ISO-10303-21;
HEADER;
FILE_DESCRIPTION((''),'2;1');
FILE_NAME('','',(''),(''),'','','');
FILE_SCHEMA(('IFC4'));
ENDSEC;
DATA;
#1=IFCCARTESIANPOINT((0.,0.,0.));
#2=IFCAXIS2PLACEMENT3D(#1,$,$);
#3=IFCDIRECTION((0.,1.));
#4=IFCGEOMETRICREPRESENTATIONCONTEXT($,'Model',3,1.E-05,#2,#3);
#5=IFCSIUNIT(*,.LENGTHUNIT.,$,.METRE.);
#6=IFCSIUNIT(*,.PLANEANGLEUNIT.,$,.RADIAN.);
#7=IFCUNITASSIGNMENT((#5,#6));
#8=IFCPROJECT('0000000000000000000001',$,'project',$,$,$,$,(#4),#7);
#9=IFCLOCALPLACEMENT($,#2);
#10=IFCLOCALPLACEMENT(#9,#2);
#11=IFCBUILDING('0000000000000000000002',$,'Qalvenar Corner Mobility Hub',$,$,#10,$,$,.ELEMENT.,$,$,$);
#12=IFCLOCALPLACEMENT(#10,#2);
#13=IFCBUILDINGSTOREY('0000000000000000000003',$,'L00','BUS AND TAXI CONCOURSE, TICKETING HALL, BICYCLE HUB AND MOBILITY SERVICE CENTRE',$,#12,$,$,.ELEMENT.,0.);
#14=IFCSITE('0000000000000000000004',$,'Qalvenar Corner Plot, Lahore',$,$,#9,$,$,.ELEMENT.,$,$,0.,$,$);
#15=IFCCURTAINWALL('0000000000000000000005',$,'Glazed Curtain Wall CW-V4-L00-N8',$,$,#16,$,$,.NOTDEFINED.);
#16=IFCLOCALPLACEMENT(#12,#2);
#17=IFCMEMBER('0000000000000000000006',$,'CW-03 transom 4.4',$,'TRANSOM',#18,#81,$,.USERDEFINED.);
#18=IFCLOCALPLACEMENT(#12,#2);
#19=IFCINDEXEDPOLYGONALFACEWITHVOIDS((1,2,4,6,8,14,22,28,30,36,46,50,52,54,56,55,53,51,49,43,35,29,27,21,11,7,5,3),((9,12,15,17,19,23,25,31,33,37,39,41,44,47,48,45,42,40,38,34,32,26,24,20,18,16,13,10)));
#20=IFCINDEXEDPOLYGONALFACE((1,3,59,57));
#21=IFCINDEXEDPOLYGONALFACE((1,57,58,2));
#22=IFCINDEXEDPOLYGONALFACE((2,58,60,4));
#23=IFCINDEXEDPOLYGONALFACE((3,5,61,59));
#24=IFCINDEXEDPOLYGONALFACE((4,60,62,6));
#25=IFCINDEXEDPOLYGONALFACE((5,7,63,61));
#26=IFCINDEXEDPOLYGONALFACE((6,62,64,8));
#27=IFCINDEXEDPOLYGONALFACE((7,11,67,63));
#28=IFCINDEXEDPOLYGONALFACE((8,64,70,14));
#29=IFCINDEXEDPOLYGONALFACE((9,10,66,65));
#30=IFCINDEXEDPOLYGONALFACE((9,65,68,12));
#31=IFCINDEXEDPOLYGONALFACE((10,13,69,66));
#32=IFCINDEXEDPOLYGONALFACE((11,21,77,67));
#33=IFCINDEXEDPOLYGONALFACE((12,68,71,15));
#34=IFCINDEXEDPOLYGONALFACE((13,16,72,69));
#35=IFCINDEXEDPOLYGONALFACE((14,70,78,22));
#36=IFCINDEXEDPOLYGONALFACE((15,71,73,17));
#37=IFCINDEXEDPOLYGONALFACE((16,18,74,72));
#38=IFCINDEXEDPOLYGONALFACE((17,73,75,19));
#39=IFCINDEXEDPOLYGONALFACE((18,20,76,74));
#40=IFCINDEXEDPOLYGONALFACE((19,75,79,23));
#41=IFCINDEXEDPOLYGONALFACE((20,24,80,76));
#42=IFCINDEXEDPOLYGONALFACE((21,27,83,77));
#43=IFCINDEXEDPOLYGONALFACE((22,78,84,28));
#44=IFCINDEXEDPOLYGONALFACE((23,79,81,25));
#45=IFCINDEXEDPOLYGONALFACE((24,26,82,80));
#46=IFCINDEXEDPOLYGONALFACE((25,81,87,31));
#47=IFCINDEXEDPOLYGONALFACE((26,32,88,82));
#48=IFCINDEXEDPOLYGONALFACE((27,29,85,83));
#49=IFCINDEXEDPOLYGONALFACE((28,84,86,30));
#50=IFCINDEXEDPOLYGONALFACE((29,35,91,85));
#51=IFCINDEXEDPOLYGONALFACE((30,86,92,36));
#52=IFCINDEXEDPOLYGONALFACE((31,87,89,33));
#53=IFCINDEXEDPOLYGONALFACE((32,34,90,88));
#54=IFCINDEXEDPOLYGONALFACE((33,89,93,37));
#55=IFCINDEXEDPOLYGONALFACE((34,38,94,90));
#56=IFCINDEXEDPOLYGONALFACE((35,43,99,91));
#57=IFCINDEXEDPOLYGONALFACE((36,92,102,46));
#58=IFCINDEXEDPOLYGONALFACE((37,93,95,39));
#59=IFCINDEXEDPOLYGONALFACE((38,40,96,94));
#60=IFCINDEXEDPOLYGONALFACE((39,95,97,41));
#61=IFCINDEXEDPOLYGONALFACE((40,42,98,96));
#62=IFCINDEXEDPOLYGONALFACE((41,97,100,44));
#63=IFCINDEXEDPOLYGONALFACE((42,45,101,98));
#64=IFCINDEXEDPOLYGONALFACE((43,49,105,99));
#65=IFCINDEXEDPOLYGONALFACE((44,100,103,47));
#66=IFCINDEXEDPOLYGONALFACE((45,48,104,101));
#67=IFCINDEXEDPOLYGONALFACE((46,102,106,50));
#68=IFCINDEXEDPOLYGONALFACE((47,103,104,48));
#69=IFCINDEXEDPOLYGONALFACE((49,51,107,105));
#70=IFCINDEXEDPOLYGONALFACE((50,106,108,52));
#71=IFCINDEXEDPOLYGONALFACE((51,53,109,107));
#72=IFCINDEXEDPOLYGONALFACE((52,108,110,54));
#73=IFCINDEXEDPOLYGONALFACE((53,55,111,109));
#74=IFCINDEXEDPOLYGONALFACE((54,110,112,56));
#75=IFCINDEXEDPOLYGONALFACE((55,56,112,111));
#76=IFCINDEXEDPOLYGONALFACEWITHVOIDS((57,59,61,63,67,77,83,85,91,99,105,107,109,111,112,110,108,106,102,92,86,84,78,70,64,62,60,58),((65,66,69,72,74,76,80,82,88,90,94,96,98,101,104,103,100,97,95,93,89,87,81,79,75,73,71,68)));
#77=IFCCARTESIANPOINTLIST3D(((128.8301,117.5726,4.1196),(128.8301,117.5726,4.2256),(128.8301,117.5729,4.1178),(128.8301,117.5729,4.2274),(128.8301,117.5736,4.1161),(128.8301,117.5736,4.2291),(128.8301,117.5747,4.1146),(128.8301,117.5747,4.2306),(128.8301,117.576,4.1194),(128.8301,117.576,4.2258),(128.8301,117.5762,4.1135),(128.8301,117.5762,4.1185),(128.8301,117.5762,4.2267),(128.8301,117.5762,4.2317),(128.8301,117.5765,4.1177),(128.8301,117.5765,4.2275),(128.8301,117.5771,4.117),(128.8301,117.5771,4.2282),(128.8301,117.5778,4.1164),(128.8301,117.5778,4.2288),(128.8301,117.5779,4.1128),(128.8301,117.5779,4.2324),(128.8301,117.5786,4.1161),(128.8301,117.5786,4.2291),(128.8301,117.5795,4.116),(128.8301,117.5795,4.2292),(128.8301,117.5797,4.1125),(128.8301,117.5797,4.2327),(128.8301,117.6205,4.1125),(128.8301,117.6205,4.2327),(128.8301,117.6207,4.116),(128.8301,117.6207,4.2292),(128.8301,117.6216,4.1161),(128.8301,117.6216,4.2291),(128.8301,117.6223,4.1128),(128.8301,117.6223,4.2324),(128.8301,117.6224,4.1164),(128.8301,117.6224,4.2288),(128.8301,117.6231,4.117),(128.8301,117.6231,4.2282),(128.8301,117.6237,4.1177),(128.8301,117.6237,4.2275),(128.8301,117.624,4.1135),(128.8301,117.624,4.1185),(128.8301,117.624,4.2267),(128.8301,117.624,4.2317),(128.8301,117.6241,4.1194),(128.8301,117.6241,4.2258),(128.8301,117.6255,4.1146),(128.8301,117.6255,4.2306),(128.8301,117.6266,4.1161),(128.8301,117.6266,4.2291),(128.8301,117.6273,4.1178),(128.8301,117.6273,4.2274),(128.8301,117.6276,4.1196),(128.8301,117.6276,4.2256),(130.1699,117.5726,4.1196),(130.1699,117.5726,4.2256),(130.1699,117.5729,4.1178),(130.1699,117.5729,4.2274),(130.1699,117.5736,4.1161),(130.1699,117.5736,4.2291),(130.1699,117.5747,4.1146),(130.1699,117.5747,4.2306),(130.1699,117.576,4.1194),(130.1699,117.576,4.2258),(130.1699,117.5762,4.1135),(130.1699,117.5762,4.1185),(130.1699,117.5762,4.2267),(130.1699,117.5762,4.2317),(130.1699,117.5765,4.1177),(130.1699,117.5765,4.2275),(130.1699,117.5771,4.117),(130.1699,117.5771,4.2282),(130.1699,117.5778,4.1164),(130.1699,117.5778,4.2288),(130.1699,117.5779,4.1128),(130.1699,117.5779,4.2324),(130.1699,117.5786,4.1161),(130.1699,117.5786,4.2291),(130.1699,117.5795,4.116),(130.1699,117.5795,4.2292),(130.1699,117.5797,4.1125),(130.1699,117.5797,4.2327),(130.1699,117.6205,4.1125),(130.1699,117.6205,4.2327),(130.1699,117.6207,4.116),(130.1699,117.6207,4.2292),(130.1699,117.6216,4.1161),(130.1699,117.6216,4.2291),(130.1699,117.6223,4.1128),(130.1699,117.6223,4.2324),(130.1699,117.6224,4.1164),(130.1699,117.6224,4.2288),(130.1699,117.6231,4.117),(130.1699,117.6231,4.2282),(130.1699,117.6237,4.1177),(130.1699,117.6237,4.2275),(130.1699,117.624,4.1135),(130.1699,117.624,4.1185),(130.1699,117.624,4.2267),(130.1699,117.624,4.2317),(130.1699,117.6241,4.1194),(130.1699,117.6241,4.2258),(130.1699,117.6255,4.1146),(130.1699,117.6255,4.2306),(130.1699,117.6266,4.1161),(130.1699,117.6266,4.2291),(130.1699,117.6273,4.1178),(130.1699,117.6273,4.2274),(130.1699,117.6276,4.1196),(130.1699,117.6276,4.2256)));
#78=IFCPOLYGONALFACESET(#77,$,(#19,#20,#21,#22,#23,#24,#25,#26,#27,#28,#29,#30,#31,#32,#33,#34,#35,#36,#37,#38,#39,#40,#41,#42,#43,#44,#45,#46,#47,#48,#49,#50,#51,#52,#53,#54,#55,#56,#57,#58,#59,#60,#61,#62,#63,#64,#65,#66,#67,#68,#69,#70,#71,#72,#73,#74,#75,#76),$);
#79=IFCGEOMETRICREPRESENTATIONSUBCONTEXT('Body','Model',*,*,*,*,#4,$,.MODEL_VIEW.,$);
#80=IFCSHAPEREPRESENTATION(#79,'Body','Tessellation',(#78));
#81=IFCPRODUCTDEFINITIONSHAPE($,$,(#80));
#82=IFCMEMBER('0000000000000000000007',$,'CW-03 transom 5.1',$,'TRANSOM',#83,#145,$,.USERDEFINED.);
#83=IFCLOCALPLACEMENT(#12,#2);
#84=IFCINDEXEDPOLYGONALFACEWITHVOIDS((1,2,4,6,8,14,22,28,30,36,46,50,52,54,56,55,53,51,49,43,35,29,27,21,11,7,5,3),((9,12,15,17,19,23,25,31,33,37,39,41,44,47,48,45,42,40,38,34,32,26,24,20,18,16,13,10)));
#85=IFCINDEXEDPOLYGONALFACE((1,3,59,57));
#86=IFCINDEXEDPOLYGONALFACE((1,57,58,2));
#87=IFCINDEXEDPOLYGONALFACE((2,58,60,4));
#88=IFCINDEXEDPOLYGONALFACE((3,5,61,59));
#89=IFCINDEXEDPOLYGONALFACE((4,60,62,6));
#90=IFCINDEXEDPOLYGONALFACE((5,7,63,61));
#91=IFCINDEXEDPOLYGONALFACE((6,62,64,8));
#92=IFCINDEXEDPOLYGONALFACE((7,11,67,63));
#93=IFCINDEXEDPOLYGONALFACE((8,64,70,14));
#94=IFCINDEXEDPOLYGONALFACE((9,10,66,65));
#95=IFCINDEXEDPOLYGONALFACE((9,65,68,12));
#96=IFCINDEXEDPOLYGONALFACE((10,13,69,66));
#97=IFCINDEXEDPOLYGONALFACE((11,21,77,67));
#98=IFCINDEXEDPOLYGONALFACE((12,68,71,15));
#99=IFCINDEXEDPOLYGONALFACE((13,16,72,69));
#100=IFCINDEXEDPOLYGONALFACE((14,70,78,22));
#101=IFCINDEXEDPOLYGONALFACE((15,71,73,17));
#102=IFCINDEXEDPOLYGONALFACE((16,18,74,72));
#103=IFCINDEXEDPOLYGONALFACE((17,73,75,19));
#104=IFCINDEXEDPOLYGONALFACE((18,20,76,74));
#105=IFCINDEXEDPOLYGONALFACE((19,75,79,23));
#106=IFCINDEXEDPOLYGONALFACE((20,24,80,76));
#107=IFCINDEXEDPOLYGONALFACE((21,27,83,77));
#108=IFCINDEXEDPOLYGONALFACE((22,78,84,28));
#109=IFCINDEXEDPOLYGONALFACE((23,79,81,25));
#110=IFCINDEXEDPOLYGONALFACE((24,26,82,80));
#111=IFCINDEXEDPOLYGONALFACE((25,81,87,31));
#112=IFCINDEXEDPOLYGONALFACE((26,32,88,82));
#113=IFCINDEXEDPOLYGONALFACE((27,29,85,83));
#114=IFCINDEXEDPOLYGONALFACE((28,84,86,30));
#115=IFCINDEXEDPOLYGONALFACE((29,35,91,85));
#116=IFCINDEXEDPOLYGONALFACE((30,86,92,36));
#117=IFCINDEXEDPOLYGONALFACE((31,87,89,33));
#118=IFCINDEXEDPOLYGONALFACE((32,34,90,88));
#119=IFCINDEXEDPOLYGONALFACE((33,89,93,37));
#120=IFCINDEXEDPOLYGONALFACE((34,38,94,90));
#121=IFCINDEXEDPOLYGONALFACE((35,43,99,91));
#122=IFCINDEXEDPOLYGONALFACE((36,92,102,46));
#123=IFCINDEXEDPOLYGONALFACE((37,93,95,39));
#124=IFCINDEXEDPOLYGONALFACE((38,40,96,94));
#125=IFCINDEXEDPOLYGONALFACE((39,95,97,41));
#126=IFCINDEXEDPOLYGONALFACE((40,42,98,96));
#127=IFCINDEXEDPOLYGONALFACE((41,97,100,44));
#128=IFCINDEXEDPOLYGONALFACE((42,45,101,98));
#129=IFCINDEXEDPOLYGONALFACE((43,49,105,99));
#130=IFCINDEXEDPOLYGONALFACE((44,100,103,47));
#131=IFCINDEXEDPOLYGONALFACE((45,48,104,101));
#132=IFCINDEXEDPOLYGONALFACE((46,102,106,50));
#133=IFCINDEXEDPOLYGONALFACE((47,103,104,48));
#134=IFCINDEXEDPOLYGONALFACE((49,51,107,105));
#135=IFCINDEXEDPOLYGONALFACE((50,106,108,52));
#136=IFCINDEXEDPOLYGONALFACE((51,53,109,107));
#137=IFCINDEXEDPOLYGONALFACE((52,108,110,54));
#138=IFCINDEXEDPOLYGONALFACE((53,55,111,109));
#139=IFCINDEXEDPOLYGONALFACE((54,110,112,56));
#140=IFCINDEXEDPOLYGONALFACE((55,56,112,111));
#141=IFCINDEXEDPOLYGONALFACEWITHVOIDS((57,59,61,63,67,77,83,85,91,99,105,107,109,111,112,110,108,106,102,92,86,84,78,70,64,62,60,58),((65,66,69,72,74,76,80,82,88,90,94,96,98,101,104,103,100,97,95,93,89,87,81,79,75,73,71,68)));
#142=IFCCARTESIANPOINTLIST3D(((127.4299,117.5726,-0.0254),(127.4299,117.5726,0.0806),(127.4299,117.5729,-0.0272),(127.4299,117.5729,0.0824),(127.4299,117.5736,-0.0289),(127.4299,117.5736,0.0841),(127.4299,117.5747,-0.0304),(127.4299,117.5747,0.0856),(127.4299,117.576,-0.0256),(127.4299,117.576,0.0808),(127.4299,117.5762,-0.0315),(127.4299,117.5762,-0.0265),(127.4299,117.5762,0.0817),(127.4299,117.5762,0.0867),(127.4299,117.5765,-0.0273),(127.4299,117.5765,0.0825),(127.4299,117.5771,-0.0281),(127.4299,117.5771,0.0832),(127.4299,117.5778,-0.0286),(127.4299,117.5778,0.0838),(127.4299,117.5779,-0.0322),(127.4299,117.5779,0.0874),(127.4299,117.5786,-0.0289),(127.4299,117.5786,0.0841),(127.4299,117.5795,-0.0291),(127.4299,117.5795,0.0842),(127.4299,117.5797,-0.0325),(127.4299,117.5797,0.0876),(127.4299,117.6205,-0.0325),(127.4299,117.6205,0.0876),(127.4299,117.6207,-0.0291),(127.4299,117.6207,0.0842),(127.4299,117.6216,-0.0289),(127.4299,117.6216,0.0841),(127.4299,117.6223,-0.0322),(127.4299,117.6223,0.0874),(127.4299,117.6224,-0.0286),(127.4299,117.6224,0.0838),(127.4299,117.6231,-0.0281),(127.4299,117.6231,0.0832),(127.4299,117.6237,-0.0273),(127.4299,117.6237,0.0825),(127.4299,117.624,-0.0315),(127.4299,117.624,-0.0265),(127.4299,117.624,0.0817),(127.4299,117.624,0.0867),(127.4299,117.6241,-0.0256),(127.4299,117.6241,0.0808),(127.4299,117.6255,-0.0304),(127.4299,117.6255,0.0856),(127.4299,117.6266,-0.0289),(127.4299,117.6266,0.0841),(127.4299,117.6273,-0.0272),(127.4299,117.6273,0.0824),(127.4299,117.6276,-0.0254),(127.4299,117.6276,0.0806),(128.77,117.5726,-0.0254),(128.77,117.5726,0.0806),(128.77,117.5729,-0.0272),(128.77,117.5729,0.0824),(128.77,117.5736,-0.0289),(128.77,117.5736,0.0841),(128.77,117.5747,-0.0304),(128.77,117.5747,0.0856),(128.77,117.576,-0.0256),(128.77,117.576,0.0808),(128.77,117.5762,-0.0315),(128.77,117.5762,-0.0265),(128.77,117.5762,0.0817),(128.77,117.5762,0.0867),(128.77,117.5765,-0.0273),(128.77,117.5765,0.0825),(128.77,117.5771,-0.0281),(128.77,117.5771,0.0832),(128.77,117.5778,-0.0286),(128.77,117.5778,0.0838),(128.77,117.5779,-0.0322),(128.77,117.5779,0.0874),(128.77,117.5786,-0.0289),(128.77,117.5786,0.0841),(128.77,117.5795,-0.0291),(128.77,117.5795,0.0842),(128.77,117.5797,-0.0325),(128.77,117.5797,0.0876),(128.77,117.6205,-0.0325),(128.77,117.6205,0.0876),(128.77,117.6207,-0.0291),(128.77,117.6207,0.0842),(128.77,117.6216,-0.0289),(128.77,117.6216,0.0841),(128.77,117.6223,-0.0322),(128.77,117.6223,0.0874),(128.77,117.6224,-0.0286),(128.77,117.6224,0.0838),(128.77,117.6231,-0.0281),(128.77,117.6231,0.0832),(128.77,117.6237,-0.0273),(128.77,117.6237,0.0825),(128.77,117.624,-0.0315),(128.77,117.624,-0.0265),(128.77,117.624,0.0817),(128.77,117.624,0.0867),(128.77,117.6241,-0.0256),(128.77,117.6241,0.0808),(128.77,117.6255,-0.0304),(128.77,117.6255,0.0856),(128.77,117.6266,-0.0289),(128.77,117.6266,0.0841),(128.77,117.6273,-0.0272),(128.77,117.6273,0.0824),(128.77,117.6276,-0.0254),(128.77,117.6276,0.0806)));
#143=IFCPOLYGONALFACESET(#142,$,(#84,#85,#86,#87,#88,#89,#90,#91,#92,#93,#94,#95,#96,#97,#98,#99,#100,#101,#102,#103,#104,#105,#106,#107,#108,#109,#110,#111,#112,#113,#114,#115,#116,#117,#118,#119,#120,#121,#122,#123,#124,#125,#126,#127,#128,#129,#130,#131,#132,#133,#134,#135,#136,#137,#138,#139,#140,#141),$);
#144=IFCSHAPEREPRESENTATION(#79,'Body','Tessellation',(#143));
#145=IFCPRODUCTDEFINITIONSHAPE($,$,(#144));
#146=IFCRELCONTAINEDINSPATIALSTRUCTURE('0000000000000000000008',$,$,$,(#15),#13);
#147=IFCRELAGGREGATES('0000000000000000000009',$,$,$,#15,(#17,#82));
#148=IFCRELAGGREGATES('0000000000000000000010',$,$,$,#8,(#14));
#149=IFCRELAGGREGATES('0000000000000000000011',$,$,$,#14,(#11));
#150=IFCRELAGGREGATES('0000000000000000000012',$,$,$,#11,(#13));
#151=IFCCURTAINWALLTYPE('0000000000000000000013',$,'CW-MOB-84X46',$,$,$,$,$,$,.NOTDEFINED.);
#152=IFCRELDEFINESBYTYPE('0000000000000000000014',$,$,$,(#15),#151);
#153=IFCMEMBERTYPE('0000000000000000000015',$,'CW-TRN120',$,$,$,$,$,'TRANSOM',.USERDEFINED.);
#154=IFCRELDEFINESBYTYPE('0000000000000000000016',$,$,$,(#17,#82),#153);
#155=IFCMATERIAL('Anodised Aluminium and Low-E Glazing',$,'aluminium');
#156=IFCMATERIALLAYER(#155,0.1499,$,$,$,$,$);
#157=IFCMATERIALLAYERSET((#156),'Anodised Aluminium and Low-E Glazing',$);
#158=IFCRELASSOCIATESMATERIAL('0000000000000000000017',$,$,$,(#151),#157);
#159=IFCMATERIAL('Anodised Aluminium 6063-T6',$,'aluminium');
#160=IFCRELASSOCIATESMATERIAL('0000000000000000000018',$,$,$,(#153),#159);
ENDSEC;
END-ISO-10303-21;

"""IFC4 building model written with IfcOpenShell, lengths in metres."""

from ifc_helpers import new_model, si_unit, direction, frame, origin, origin_2d, place, context, subcontext, project, spatial, hollow_rectangle, extrude, material, layer, layer_set, material_profile, profile_set, type_object, element, aggregate, save


model = new_model("IFC4")

# Units and contexts
model_context = context("Model", 3, precision=1e-05, world=origin(), true_north=direction((0.0, 1.0)))
body_context = subcontext(model_context, "Body", "Model", "MODEL_VIEW")
ifc_project = project(units=[si_unit("LENGTHUNIT", "METRE"), si_unit("PLANEANGLEUNIT", "RADIAN")], contexts=[model_context])

# Site, building, storey
site_placement = place(None, origin())
site = spatial("IfcSite", under=ifc_project, at=site_placement, Name="Qalvenar Corner Plot, Lahore", CompositionType="ELEMENT", RefElevation=0.0)
building_placement = place(site_placement, origin())
building = spatial("IfcBuilding", under=site, at=building_placement, Name="Qalvenar Corner Mobility Hub", CompositionType="ELEMENT")
storey_placement = place(building_placement, origin())
storey = spatial("IfcBuildingStorey", under=building, at=storey_placement, Name="L00", Description="BUS AND TAXI CONCOURSE, TICKETING HALL, BICYCLE HUB AND MOBILITY SERVICE CENTRE", CompositionType="ELEMENT", Elevation=0.0)

# Shared definitions
ifc_material_1 = material(Name="Anodised Aluminium and Low-E Glazing", Category="aluminium")
ifc_layer_1 = layer(ifc_material_1, 0.1499)
ifc_layer_set_1 = layer_set([ifc_layer_1], Name="Anodised Aluminium and Low-E Glazing")
curtain_wall_type = type_object("IfcCurtainWallType", Name="CW-MOB-84X46", PredefinedType="NOTDEFINED", material=ifc_layer_set_1)
ifc_material_2 = material(Name="Anodised Aluminium 6063-T6", Category="aluminium")

# Curtain wall, members
curtain_wall_1_placement = place(storey_placement, origin())
curtain_wall_1 = element("IfcCurtainWall", 1, at=curtain_wall_1_placement, inside=storey, type_object=curtain_wall_type, Name="Glazed Curtain Wall CW-V4-L00-N8", PredefinedType="NOTDEFINED")
ifc_material_profile_1 = material_profile(ifc_material_2, hollow_rectangle(XDim=0.0549, YDim=0.1201, WallThickness=0.0034, InnerFilletRadius=0.0034, OuterFilletRadius=0.0071, at=origin_2d()), Name="RHS120x55x3.5")
ifc_profile_set_1 = profile_set([ifc_material_profile_1], Name="Anodised Aluminium 6063-T6")
member_type_1 = type_object("IfcMemberType", Name="CW-TRN120", ElementType="TRANSOM", PredefinedType="USERDEFINED", material=ifc_profile_set_1)
member_1_placement = place(storey_placement, frame((130.1699, 117.6001, 4.1726), z_axis=(-1.0, 0.0, 0.0), x_axis=(0.0, -1.0, 0.0)))
member_1 = element("IfcMember", 2, at=member_1_placement, type_object=member_type_1, Name="CW-03 transom 4.4", ObjectType="TRANSOM", PredefinedType="USERDEFINED", context=body_context, shape_type="SweptSolid", body=[
    extrude(hollow_rectangle(XDim=0.0549, YDim=0.1201, WallThickness=0.0034, InnerFilletRadius=0.0034, OuterFilletRadius=0.0071, at=origin_2d()), origin(), (0.0, 0.0, 1.0), 1.3398),
])
member_2_placement = place(storey_placement, frame((128.77, 117.6001, 0.0276), z_axis=(-1.0, 0.0, 0.0), x_axis=(0.0, -1.0, 0.0)))
member_2 = element("IfcMember", 3, at=member_2_placement, type_object=member_type_1, Name="CW-03 transom 5.1", ObjectType="TRANSOM", PredefinedType="USERDEFINED", context=body_context, shape_type="SweptSolid", body=[
    extrude(hollow_rectangle(XDim=0.0549, YDim=0.1201, WallThickness=0.0034, InnerFilletRadius=0.0034, OuterFilletRadius=0.0071, at=origin_2d()), origin(), (0.0, 0.0, 1.0), 1.3401),
])
aggregate(curtain_wall_1, [member_1, member_2])

save(model, "model.ifc")
